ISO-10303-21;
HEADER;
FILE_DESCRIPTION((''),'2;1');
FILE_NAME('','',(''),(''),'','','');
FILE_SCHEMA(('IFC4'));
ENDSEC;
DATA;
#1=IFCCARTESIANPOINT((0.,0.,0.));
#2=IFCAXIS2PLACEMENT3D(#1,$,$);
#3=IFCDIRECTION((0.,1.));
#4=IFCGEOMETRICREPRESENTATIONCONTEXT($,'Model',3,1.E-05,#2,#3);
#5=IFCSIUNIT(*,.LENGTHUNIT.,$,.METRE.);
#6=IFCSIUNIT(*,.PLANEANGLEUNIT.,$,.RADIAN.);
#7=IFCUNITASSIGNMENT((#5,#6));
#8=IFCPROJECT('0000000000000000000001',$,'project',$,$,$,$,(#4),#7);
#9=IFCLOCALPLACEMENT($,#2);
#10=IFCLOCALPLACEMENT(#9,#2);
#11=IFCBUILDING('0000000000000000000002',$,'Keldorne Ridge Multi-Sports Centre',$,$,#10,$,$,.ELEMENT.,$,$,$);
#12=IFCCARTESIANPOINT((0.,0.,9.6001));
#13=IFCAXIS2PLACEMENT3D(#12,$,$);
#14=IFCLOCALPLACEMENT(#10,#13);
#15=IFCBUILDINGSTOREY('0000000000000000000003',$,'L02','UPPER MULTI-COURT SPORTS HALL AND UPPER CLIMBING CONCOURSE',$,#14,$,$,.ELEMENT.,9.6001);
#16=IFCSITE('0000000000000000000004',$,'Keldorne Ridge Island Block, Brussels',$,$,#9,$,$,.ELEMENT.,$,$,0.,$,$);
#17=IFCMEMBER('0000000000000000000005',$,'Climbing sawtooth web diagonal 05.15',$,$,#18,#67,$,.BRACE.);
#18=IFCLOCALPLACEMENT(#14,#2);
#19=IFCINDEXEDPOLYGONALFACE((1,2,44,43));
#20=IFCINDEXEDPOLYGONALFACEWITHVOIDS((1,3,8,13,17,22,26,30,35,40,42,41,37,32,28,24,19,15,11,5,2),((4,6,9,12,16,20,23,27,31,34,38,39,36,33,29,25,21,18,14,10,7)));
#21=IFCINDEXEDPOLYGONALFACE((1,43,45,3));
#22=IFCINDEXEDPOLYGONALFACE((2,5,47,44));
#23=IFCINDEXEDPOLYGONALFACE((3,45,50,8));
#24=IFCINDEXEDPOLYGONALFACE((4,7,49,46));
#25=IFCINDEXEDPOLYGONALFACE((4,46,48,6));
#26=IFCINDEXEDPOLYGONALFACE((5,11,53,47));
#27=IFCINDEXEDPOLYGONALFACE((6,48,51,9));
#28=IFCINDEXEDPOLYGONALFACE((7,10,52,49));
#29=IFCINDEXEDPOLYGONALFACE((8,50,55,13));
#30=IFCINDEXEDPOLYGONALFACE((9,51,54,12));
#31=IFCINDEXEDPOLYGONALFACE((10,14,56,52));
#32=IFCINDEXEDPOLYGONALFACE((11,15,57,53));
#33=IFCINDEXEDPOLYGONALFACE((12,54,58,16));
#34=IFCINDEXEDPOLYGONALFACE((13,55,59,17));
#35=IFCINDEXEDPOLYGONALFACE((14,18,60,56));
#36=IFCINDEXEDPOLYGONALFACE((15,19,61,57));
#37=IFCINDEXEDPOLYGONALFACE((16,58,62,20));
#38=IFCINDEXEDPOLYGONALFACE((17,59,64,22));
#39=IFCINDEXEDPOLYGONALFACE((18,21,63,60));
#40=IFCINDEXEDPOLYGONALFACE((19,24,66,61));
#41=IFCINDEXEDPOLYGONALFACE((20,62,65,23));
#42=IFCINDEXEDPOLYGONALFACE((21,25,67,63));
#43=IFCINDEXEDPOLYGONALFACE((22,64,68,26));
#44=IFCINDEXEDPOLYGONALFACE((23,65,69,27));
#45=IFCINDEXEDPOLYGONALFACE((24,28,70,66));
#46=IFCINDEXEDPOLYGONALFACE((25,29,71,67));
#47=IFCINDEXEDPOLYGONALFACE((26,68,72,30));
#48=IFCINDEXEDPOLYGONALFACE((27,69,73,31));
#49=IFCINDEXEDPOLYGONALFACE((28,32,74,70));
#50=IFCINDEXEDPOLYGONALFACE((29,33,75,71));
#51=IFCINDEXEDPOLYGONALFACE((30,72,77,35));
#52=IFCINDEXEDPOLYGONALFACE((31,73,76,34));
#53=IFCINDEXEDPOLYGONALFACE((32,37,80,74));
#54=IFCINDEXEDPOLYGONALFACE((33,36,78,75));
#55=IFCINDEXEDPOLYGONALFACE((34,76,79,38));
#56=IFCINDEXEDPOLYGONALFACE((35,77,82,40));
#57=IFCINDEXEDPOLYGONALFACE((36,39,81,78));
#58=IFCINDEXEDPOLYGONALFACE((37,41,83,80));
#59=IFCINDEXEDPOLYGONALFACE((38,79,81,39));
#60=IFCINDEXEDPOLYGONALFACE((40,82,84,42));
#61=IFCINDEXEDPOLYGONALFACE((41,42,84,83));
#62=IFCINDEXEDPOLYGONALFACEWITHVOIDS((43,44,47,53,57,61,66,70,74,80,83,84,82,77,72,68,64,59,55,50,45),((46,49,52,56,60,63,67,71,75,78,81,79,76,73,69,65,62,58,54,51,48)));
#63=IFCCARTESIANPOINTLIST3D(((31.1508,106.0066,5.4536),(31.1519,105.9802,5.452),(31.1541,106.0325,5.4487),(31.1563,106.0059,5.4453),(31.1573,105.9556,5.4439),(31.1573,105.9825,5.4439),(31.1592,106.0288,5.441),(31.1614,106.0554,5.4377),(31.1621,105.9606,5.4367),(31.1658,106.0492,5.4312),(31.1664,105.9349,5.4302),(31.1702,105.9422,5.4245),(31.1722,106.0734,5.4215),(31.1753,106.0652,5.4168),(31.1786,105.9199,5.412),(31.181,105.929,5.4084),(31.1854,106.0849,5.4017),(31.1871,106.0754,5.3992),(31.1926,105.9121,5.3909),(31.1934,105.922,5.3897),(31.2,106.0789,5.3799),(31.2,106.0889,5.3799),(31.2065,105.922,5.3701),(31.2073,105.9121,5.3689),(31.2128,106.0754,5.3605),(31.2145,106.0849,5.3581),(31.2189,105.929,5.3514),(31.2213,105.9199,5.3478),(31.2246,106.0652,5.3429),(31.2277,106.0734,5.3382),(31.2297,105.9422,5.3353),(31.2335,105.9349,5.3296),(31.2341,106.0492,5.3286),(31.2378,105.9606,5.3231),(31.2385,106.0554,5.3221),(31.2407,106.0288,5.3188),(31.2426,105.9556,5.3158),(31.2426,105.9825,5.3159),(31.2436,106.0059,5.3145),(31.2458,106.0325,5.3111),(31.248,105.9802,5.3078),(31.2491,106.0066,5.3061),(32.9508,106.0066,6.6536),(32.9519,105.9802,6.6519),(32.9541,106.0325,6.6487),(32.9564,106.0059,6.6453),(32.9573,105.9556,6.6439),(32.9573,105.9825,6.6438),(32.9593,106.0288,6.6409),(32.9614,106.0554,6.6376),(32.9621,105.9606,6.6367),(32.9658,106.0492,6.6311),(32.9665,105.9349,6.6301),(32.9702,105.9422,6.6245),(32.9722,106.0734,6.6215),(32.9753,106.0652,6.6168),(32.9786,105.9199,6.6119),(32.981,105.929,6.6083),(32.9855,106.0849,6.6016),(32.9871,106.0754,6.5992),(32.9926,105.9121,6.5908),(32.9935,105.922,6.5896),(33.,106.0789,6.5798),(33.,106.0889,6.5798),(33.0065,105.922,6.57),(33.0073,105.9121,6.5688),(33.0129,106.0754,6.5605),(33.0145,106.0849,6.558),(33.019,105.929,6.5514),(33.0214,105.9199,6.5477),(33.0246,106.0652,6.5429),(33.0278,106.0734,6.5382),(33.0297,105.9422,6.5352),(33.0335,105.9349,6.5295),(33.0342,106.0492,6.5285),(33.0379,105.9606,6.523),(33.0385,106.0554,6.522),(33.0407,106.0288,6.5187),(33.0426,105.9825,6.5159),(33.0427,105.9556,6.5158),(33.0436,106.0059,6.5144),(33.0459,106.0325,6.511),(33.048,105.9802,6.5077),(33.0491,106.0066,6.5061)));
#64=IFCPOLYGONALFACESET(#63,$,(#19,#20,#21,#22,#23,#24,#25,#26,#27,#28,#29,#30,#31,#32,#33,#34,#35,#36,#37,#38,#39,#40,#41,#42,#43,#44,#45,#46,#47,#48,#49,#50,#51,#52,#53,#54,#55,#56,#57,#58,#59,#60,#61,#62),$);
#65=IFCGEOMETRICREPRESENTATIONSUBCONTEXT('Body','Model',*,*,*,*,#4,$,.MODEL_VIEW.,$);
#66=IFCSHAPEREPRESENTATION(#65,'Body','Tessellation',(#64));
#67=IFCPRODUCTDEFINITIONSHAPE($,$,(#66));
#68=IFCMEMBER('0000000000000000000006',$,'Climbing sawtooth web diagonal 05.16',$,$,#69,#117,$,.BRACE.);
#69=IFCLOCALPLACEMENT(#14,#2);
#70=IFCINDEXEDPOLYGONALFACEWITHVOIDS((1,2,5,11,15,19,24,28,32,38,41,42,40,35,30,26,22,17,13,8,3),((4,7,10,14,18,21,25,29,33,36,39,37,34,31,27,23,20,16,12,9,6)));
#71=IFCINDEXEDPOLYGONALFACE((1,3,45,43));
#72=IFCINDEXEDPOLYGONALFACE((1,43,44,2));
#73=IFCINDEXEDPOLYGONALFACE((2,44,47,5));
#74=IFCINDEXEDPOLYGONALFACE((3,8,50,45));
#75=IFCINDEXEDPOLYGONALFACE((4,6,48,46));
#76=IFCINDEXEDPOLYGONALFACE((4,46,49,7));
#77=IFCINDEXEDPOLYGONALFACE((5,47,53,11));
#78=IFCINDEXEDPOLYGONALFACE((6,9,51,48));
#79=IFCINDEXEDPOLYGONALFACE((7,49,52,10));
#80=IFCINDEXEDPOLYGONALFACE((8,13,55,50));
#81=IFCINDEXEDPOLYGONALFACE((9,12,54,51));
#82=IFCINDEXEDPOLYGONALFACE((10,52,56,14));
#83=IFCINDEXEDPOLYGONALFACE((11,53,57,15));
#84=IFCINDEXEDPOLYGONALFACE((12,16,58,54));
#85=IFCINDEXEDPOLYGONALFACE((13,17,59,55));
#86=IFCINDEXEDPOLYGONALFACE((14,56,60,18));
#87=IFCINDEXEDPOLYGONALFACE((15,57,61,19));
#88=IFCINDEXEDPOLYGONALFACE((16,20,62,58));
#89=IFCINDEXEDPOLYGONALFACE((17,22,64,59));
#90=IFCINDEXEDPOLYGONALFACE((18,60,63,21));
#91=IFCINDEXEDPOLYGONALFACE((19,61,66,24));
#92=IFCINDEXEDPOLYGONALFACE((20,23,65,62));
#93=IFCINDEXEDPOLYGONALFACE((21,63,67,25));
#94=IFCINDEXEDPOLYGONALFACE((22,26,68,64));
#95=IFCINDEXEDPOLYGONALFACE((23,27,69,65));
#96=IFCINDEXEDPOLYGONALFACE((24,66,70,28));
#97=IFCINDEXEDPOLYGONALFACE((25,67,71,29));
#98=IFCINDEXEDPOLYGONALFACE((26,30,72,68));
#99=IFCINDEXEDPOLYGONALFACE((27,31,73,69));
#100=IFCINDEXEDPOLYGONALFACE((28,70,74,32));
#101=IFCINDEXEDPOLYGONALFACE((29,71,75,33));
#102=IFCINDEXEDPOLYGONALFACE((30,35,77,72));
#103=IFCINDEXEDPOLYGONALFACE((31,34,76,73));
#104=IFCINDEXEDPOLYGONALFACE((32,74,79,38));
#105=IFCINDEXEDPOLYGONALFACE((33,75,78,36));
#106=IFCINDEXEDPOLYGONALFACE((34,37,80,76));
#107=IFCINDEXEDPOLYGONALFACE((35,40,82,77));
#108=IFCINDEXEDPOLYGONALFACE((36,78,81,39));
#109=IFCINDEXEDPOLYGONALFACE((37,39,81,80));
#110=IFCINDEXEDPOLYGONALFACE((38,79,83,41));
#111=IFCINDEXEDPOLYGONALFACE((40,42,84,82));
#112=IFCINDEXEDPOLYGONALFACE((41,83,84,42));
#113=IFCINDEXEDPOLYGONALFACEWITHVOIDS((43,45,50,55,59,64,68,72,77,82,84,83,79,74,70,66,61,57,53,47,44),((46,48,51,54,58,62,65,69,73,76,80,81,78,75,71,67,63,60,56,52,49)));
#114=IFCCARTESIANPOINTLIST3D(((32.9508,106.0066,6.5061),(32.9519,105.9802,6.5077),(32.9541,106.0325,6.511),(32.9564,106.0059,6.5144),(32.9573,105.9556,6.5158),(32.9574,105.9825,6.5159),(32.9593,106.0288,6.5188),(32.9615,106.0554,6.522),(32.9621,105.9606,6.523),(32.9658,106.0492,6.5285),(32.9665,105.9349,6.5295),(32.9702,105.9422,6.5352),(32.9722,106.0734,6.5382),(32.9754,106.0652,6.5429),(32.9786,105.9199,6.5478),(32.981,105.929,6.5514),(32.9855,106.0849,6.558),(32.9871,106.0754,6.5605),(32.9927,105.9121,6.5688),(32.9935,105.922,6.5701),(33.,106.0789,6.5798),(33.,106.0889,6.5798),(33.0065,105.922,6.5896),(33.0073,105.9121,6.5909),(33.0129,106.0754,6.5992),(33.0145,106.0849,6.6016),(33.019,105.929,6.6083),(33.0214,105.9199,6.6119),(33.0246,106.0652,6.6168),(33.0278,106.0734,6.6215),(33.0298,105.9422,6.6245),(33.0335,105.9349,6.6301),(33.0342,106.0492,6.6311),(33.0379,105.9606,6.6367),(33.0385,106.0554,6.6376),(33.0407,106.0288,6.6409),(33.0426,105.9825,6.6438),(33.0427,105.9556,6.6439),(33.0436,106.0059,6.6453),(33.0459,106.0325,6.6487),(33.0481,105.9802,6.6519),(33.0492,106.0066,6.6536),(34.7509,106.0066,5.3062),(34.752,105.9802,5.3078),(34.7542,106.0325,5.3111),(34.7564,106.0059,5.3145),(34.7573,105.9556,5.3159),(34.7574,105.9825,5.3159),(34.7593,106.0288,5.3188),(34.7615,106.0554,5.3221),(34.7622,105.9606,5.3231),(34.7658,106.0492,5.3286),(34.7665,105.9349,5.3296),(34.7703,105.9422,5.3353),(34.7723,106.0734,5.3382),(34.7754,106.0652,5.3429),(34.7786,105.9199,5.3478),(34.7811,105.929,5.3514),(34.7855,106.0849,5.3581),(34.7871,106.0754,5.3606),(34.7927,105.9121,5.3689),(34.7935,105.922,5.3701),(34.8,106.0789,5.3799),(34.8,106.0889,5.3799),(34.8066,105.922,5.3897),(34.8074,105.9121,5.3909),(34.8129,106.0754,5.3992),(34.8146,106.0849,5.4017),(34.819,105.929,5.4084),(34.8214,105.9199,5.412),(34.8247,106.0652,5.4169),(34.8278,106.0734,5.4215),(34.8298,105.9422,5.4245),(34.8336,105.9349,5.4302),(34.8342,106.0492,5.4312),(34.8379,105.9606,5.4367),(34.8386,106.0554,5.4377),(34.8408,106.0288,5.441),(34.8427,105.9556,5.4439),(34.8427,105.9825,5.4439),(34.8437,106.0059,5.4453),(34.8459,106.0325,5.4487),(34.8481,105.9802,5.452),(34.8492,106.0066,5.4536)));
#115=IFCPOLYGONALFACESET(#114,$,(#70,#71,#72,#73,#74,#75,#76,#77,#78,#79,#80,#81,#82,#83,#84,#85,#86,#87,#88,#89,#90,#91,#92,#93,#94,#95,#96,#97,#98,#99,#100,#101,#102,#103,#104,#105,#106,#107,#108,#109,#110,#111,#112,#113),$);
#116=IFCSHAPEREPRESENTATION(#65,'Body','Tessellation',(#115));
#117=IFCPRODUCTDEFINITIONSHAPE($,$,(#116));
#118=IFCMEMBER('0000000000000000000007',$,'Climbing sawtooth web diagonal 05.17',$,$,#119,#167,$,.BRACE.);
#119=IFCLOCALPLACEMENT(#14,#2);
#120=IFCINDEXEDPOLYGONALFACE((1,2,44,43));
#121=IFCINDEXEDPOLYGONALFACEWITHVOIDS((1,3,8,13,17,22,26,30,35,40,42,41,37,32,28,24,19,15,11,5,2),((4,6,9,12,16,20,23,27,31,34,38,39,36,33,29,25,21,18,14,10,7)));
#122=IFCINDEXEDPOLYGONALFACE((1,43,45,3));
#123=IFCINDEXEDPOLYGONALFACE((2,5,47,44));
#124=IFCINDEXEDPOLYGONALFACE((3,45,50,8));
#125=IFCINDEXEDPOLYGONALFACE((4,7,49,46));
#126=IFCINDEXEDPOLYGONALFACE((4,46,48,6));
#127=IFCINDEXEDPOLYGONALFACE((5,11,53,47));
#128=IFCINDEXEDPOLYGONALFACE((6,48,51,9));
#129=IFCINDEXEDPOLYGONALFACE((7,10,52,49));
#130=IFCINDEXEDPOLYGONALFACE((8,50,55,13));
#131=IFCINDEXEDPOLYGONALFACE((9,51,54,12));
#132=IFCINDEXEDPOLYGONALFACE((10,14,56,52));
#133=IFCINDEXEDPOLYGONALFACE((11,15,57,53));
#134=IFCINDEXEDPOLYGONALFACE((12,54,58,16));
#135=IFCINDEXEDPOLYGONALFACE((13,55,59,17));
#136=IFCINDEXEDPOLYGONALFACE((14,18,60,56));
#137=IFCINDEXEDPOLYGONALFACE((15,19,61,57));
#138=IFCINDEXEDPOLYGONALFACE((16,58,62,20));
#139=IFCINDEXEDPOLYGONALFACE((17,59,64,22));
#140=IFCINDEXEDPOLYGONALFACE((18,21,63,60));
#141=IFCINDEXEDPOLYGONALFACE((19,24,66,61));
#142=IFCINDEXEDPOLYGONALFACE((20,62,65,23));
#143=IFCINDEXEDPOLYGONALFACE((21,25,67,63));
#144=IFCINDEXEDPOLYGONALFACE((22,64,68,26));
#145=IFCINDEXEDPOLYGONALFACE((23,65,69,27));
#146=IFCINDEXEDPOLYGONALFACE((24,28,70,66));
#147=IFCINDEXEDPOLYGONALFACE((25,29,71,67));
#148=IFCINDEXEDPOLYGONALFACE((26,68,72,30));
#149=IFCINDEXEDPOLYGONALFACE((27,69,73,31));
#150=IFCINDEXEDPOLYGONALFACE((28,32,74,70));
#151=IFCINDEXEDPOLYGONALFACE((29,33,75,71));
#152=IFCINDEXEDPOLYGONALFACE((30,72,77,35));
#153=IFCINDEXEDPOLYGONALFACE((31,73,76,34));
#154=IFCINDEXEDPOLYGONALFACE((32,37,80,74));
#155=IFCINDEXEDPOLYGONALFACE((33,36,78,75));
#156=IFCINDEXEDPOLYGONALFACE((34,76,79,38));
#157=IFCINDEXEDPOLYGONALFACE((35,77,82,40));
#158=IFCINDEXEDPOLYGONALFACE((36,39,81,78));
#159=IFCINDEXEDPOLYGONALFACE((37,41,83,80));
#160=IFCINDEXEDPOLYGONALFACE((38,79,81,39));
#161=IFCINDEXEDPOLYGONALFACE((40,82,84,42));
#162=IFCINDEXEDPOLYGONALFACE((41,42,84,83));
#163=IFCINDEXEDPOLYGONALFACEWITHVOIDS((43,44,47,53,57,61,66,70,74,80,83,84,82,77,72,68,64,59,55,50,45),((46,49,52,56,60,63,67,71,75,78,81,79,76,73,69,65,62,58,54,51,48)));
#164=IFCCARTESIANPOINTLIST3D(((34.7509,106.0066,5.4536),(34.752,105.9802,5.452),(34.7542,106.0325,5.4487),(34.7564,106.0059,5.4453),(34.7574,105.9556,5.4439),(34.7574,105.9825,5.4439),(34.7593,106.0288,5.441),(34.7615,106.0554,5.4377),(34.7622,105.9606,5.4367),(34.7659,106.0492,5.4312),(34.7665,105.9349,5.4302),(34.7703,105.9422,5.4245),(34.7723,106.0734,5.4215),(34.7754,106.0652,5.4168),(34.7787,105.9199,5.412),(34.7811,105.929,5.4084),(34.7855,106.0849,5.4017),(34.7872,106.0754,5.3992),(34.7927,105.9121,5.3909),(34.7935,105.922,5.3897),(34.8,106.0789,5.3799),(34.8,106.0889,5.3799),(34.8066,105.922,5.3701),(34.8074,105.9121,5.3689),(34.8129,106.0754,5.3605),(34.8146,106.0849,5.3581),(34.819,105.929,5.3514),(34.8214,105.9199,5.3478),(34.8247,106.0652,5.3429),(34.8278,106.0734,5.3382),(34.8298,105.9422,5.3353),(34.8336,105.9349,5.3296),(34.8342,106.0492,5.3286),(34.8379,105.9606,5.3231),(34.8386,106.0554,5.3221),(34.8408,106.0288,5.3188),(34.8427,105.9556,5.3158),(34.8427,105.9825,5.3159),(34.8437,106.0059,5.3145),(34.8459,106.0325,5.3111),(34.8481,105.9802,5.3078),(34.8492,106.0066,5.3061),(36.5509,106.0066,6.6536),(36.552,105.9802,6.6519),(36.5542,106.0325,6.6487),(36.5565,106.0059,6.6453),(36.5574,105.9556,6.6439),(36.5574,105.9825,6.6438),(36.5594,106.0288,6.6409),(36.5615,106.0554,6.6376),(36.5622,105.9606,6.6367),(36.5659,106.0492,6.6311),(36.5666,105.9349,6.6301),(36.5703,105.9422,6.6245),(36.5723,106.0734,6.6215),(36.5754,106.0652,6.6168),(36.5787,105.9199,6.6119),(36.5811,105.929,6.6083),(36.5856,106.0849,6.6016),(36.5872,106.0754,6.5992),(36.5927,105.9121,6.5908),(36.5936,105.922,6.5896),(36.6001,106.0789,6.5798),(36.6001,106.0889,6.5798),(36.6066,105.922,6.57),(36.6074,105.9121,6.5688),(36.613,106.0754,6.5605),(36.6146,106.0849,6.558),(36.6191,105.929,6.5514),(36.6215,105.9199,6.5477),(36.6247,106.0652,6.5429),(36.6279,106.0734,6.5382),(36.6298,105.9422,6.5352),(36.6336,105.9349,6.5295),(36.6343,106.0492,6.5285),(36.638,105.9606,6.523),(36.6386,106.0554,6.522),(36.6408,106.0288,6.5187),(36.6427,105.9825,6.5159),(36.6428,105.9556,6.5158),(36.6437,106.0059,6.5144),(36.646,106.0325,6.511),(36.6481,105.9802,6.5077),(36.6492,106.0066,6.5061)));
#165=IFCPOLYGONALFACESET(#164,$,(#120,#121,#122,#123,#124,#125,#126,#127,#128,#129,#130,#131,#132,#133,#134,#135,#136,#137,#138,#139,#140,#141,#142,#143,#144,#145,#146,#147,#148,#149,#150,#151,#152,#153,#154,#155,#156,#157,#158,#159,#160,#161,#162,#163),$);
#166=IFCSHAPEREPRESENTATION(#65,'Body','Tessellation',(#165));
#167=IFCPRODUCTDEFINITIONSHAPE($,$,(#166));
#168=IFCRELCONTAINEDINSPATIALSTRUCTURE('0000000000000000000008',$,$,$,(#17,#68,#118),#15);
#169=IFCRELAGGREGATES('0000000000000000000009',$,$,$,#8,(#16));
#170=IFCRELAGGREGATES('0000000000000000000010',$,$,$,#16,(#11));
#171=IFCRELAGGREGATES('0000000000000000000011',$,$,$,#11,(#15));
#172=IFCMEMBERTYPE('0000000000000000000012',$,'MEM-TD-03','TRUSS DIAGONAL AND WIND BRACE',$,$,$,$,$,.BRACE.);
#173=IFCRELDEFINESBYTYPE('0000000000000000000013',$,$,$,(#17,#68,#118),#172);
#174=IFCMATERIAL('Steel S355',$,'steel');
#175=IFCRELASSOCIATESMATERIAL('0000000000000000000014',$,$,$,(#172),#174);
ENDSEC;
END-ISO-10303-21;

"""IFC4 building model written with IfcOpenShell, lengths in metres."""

from ifc_helpers import new_model, si_unit, direction, frame, origin, origin_2d, place, context, subcontext, project, spatial, hollow_circle, extrude, material, material_profile, profile_set, type_object, element, save


model = new_model("IFC4")

# Units and contexts
model_context = context("Model", 3, precision=1e-05, world=origin(), true_north=direction((0.0, 1.0)))
body_context = subcontext(model_context, "Body", "Model", "MODEL_VIEW")
ifc_project = project(units=[si_unit("LENGTHUNIT", "METRE"), si_unit("PLANEANGLEUNIT", "RADIAN")], contexts=[model_context])

# Site, building, storey
site_placement = place(None, origin())
site = spatial("IfcSite", under=ifc_project, at=site_placement, Name="Keldorne Ridge Island Block, Brussels", CompositionType="ELEMENT", RefElevation=0.0)
building_placement = place(site_placement, origin())
building = spatial("IfcBuilding", under=site, at=building_placement, Name="Keldorne Ridge Multi-Sports Centre", CompositionType="ELEMENT")
storey_placement = place(building_placement, frame((0.0, 0.0, 9.6001)))
storey = spatial("IfcBuildingStorey", under=building, at=storey_placement, Name="L02", Description="UPPER MULTI-COURT SPORTS HALL AND UPPER CLIMBING CONCOURSE", CompositionType="ELEMENT", Elevation=9.6001)

# Shared definitions
ifc_material_1 = material(Name="Steel S355", Category="steel")

# Members
ifc_material_profile_1 = material_profile(ifc_material_1, hollow_circle(Radius=0.0889, WallThickness=0.01, at=origin_2d()), Name="CHS 177.8x10")
ifc_profile_set_1 = profile_set([ifc_material_profile_1], Name="Steel S355")
member_type_1 = type_object("IfcMemberType", Name="MEM-TD-03", Description="TRUSS DIAGONAL AND WIND BRACE", PredefinedType="BRACE", material=ifc_profile_set_1)
for number, where, z_axis, x_axis, name in (
    (1, (31.2, 106.0, 5.3799), (0.832068, 0.0, 0.554674), (0.0, 1.0, 0.0), "Climbing sawtooth web diagonal 05.15"),
    (2, (33.0, 106.0, 6.5798), (0.832068, 0.0, -0.554674), (0.0, 1.0, 0.0), "Climbing sawtooth web diagonal 05.16"),
    (3, (34.8, 106.0, 5.3799), (0.832068, 0.0, 0.554674), (0.0, 1.0, 0.0), "Climbing sawtooth web diagonal 05.17"),
):
    element("IfcMember", number, at=place(storey_placement, frame(where, z_axis=z_axis, x_axis=x_axis)), inside=storey, type_object=member_type_1, Name=name, PredefinedType="BRACE", context=body_context, shape_type="SweptSolid", body=[
        extrude(hollow_circle(Radius=0.0889, WallThickness=0.01, at=origin_2d()), origin(), (0.0, 0.0, 1.0), 2.1633),
    ])

save(model, "model.ifc")
